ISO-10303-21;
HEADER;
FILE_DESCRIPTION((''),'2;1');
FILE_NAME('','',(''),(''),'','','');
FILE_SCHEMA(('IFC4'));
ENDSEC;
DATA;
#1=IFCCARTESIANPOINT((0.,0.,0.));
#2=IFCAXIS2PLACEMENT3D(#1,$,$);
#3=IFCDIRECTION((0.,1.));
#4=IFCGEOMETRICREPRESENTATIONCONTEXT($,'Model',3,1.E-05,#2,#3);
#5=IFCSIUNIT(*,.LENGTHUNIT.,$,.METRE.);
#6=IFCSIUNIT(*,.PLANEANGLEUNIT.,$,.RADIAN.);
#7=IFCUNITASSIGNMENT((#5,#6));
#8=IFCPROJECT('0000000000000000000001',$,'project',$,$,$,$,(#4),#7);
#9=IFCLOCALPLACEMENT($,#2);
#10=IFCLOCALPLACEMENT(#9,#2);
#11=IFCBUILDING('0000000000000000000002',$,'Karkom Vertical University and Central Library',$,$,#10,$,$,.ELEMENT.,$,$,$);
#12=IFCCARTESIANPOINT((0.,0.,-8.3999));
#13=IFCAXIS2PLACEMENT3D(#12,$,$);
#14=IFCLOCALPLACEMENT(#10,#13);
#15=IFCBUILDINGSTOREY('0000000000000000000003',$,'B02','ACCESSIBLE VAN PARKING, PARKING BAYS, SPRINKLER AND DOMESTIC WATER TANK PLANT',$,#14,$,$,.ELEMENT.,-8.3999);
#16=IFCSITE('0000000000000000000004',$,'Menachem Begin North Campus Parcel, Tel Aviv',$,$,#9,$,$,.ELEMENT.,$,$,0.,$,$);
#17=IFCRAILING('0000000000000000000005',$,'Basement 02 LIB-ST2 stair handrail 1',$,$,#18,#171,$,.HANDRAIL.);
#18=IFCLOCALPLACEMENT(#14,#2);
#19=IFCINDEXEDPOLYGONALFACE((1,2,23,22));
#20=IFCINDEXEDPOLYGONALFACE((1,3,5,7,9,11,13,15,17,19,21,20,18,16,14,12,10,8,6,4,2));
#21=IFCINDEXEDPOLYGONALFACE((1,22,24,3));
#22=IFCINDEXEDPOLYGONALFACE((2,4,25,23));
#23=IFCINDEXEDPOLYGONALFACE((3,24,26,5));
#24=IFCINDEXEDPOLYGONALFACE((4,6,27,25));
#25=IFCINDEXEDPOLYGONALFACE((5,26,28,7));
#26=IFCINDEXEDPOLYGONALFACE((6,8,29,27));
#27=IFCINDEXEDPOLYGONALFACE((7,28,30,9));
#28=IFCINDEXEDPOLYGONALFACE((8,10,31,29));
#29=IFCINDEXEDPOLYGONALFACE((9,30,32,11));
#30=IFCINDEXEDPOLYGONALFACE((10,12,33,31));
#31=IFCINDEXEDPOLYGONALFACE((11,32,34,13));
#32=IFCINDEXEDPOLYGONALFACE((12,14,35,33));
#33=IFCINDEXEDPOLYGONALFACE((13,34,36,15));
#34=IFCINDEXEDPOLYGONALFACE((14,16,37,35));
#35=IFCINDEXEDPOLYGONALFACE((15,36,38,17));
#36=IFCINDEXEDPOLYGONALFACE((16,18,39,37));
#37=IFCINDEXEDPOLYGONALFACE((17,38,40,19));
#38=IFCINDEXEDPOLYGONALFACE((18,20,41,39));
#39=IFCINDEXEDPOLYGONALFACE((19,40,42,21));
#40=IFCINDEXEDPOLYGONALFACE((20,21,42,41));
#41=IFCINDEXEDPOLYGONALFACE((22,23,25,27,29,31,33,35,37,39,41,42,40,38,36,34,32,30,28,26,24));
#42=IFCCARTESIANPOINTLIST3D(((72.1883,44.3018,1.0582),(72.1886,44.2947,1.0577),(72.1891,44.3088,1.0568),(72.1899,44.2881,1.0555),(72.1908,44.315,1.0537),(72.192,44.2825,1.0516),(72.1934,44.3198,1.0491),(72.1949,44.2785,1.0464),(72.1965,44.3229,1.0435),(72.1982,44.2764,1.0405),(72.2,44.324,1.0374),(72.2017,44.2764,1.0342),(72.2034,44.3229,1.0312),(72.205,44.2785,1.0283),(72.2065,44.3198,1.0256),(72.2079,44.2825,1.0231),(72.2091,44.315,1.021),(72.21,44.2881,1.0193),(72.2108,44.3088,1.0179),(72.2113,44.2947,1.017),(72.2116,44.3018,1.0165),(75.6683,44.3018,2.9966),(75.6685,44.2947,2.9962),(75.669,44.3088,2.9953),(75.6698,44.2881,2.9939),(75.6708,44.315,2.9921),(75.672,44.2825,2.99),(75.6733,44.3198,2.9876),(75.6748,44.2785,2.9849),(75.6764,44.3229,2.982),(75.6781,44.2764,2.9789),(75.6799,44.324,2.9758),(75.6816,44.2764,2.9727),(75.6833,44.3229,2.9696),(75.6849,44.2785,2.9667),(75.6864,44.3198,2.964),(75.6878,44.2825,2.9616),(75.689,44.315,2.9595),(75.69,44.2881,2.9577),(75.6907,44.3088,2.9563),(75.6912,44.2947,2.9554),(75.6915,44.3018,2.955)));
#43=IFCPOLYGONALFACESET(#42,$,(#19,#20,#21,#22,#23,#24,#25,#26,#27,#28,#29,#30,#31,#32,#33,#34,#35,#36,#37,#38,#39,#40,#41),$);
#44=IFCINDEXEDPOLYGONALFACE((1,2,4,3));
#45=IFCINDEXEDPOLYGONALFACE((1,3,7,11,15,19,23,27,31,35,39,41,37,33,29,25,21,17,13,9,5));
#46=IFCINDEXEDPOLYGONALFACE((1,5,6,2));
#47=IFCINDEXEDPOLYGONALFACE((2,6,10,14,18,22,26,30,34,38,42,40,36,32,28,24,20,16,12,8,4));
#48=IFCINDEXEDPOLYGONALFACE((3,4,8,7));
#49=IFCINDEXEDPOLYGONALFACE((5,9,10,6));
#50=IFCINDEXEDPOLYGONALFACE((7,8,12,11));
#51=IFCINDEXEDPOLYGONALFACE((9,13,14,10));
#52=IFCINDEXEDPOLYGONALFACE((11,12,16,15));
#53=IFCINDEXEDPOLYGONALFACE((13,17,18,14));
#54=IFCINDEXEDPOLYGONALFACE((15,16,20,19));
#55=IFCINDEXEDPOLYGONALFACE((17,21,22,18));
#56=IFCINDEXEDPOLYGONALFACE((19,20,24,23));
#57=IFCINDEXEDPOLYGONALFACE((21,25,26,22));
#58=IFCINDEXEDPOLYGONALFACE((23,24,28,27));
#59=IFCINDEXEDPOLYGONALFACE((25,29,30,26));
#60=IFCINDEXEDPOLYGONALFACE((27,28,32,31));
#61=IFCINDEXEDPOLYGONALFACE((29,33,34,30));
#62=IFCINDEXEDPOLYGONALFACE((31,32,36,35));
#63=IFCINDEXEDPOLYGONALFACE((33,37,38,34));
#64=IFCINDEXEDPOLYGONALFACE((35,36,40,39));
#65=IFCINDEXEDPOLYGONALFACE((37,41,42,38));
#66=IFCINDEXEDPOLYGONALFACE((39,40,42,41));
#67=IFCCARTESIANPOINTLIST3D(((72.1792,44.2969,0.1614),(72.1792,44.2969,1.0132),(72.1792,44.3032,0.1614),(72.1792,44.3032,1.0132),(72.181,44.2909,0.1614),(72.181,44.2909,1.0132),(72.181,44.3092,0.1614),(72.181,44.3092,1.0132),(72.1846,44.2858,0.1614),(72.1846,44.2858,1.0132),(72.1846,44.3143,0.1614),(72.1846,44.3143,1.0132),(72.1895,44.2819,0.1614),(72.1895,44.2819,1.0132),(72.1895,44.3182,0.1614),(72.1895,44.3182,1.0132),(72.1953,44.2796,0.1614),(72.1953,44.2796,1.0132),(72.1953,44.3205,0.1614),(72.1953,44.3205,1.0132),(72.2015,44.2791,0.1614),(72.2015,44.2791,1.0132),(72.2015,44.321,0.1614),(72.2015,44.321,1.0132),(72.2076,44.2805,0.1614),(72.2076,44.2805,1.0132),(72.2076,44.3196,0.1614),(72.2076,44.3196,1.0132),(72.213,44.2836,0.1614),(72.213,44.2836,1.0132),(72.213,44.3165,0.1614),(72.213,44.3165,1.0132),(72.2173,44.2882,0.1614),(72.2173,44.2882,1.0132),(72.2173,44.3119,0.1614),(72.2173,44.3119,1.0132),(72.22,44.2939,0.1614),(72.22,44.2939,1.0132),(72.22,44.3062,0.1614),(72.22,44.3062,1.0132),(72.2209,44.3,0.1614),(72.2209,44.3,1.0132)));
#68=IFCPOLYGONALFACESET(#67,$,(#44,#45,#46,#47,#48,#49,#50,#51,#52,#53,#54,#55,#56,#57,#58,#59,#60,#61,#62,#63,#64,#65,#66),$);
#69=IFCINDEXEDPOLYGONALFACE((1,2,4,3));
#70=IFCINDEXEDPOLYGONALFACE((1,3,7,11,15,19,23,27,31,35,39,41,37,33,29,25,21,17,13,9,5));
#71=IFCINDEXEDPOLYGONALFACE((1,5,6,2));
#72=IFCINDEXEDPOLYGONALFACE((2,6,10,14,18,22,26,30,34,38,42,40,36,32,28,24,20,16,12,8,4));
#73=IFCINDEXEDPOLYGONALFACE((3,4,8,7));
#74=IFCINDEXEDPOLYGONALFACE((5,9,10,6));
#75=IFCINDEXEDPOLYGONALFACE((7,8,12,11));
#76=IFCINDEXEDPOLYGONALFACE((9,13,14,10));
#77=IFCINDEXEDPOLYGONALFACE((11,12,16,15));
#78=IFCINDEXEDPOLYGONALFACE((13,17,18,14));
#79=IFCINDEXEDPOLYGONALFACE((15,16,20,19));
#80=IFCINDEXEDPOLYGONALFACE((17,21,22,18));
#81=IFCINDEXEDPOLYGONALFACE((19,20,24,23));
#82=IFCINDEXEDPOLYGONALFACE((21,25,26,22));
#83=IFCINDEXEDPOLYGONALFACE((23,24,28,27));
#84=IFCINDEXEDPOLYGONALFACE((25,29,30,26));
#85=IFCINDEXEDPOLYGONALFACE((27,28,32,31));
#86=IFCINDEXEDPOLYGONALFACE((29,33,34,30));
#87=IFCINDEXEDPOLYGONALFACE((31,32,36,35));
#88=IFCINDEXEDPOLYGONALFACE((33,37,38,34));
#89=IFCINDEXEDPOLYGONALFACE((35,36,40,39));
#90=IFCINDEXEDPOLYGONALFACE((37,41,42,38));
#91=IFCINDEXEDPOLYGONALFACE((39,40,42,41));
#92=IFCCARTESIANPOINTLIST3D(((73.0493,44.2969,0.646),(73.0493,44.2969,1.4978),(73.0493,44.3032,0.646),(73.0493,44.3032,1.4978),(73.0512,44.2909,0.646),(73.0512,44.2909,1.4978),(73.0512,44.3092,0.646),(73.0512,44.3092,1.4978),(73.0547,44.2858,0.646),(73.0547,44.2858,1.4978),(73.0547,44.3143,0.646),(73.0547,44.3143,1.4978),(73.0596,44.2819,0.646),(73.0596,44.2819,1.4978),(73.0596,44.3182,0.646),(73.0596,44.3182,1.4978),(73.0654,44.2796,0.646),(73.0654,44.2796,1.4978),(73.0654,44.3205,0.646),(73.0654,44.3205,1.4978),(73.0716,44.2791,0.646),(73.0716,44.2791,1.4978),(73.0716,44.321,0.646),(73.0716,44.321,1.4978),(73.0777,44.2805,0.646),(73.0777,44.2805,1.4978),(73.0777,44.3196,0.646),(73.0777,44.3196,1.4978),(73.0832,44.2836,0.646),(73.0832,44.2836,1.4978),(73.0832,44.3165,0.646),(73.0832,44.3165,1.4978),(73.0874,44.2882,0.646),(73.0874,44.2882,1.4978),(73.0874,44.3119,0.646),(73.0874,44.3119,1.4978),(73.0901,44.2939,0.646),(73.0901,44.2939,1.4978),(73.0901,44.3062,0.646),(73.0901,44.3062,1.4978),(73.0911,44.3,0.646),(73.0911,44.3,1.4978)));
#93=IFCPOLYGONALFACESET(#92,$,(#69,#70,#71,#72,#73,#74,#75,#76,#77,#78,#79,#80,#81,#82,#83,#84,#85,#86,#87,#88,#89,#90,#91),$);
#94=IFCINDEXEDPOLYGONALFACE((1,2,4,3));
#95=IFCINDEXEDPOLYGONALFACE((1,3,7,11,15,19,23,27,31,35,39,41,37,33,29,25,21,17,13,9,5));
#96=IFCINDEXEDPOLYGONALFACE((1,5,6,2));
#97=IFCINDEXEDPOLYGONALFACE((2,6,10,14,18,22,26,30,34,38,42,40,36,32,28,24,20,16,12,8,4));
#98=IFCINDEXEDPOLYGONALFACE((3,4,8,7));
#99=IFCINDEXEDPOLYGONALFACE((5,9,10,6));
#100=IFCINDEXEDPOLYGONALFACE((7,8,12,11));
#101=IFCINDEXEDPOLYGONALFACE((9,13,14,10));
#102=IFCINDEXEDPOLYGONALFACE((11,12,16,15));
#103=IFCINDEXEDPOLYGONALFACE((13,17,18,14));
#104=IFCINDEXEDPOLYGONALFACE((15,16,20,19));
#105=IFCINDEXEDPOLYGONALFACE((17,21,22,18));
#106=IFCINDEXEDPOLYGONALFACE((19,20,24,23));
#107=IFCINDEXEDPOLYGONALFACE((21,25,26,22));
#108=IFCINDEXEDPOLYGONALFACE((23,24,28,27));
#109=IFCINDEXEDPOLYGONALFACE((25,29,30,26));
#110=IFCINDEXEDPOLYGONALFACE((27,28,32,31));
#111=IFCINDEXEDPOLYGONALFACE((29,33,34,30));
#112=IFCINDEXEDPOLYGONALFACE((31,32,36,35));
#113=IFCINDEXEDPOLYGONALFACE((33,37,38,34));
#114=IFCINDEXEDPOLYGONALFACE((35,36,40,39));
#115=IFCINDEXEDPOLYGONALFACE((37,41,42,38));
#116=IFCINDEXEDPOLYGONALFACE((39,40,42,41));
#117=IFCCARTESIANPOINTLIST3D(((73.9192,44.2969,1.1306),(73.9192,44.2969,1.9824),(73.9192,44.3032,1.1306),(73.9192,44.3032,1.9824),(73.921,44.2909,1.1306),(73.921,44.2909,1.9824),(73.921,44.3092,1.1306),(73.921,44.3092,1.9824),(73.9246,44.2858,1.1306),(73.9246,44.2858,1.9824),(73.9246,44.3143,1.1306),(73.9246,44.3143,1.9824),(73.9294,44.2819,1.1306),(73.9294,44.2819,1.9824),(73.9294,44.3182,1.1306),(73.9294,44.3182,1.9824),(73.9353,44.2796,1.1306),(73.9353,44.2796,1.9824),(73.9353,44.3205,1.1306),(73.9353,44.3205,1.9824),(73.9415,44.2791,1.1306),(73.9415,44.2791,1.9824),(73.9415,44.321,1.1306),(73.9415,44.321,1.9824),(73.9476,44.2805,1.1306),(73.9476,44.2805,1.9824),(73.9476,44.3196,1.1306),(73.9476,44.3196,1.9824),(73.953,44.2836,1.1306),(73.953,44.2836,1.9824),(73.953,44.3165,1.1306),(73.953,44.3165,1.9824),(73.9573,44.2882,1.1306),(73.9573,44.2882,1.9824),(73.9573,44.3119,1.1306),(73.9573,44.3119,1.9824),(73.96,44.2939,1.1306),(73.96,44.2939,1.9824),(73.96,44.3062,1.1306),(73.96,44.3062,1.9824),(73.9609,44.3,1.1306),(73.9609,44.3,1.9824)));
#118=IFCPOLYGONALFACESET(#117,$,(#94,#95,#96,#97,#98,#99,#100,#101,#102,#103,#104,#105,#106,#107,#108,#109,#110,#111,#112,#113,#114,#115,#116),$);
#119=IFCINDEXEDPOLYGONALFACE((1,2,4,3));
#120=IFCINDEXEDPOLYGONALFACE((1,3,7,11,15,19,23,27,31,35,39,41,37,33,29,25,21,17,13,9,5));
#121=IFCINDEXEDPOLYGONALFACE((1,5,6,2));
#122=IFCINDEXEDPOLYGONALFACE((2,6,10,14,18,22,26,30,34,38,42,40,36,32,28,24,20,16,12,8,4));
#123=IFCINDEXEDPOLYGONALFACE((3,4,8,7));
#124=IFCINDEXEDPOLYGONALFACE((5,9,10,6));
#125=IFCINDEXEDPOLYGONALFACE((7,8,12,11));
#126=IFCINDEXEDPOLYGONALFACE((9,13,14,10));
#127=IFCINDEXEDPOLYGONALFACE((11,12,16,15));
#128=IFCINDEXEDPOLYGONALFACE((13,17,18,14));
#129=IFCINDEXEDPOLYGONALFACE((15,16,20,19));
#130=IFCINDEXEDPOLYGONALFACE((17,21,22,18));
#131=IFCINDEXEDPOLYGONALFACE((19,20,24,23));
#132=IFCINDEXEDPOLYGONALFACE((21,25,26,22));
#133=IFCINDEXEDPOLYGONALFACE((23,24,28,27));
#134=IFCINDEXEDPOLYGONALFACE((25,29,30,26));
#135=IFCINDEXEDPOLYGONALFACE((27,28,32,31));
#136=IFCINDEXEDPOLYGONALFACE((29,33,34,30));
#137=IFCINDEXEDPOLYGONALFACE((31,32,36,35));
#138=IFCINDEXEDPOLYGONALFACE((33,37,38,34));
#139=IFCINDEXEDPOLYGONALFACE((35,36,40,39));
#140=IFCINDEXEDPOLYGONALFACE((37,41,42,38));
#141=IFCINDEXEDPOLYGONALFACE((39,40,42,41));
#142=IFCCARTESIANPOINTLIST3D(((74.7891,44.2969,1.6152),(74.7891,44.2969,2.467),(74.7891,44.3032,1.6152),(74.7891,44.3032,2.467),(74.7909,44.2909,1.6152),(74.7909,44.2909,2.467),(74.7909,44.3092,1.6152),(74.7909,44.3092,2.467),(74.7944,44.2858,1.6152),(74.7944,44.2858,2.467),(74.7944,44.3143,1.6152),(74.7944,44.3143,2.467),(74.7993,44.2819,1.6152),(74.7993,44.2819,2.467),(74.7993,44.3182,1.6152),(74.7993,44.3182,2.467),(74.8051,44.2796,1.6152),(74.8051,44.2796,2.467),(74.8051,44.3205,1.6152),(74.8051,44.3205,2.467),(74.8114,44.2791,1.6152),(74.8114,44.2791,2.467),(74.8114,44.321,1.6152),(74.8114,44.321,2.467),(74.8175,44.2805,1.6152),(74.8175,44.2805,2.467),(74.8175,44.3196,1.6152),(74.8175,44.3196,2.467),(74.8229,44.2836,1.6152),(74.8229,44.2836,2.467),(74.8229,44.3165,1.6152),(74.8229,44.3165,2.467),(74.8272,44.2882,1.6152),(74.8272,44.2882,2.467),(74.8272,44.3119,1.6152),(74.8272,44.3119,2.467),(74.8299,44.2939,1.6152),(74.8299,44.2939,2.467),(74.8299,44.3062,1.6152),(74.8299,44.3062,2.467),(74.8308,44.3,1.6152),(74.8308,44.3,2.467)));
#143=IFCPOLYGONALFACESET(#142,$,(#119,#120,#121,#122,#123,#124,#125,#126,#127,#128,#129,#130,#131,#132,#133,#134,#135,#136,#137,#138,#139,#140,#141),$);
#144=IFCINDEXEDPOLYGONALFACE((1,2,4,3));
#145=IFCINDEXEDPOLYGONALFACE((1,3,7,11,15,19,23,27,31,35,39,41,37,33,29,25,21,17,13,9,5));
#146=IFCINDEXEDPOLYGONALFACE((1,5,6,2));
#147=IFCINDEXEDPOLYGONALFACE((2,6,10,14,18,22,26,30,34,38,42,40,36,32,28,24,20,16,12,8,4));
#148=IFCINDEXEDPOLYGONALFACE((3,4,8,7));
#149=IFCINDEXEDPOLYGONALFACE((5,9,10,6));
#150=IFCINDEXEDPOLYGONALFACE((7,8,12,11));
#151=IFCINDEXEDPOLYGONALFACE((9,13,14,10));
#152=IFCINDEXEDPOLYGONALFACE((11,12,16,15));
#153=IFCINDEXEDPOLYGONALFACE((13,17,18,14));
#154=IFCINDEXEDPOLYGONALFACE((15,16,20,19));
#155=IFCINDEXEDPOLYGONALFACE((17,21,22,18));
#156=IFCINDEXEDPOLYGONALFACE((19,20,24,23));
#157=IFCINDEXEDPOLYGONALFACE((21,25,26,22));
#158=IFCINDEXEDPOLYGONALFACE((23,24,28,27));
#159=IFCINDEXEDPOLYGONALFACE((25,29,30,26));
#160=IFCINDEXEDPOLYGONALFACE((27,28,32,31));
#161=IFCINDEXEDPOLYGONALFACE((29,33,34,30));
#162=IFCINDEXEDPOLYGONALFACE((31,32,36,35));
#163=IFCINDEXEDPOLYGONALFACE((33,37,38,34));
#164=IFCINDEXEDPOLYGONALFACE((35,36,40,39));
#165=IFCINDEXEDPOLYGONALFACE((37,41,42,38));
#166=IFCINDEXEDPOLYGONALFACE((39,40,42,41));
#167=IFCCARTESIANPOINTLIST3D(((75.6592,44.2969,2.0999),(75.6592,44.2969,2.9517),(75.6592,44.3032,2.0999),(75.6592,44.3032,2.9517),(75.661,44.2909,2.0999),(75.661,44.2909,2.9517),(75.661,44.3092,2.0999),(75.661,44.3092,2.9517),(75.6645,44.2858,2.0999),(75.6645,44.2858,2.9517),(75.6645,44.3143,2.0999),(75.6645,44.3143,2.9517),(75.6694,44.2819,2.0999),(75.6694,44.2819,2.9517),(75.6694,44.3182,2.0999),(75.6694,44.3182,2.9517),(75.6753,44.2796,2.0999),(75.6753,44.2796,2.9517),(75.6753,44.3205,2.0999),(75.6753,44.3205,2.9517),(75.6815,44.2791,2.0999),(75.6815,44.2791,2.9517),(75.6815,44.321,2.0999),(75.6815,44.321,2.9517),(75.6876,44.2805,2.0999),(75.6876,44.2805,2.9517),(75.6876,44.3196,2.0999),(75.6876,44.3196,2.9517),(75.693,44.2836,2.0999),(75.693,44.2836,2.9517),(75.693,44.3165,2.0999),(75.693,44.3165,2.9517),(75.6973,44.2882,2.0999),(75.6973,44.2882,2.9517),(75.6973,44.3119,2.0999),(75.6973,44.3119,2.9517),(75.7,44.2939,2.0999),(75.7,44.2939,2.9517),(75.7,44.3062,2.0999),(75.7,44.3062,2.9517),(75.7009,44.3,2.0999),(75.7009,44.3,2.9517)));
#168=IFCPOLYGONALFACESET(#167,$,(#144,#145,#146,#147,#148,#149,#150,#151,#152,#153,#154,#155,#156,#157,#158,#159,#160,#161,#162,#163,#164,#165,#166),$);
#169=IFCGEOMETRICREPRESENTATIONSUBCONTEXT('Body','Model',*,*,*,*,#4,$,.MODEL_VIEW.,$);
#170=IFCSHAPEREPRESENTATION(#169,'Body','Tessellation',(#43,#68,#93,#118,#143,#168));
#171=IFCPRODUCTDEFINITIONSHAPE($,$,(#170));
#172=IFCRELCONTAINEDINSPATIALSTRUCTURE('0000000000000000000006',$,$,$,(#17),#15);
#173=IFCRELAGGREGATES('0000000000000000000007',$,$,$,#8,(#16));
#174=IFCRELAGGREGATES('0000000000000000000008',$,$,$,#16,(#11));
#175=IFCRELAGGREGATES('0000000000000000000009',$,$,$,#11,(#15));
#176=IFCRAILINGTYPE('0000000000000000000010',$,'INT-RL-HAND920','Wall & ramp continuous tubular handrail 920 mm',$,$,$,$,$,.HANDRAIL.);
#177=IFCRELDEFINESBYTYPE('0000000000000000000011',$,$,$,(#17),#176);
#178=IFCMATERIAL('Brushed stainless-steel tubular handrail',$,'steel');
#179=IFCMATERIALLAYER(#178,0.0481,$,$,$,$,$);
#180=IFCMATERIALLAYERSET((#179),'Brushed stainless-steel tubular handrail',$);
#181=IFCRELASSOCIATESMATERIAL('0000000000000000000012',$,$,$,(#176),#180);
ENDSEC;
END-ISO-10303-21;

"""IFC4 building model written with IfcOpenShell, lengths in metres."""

from ifc_helpers import new_model, si_unit, direction, frame, origin, origin_2d, place, context, subcontext, project, spatial, circle, extrude, material, layer, layer_set, type_object, element, save


model = new_model("IFC4")

# Units and contexts
model_context = context("Model", 3, precision=1e-05, world=origin(), true_north=direction((0.0, 1.0)))
body_context = subcontext(model_context, "Body", "Model", "MODEL_VIEW")
ifc_project = project(units=[si_unit("LENGTHUNIT", "METRE"), si_unit("PLANEANGLEUNIT", "RADIAN")], contexts=[model_context])

# Site, building, storey
site_placement = place(None, origin())
site = spatial("IfcSite", under=ifc_project, at=site_placement, Name="Menachem Begin North Campus Parcel, Tel Aviv", CompositionType="ELEMENT", RefElevation=0.0)
building_placement = place(site_placement, origin())
building = spatial("IfcBuilding", under=site, at=building_placement, Name="Karkom Vertical University and Central Library", CompositionType="ELEMENT")
storey_placement = place(building_placement, frame((0.0, 0.0, -8.3999)))
storey = spatial("IfcBuildingStorey", under=building, at=storey_placement, Name="B02", Description="ACCESSIBLE VAN PARKING, PARKING BAYS, SPRINKLER AND DOMESTIC WATER TANK PLANT", CompositionType="ELEMENT", Elevation=-8.3999)

# Railing
ifc_material_1 = material(Name="Brushed stainless-steel tubular handrail", Category="steel")
ifc_layer_1 = layer(ifc_material_1, 0.0481)
ifc_layer_set_1 = layer_set([ifc_layer_1], Name="Brushed stainless-steel tubular handrail")
railing_type_1 = type_object("IfcRailingType", Name="INT-RL-HAND920", Description="Wall & ramp continuous tubular handrail 920 mm", PredefinedType="HANDRAIL", material=ifc_layer_set_1)
railing_1_placement = place(storey_placement, frame((72.2, 44.3, 0.1614)))
element("IfcRailing", 1, at=railing_1_placement, inside=storey, type_object=railing_type_1, Name="Basement 02 LIB-ST2 stair handrail 1", PredefinedType="HANDRAIL", context=body_context, shape_type="SweptSolid", body=[
    extrude(circle(Radius=0.0239, at=origin_2d()), frame((0.0, 0.0, 0.876), z_axis=(0.873607, 0.0, 0.486631), x_axis=(0.0, 1.0, 0.0)), (0.0, 0.0, 1.0), 3.9834),
    extrude(circle(Radius=0.021, at=origin_2d()), origin(), (0.0, 0.0, 1.0), 0.8518),
    extrude(circle(Radius=0.021, at=origin_2d()), frame((0.8701, 0.0, 0.4846)), (0.0, 0.0, 1.0), 0.8518),
    extrude(circle(Radius=0.021, at=origin_2d()), frame((1.74, 0.0, 0.9692)), (0.0, 0.0, 1.0), 0.8518),
    extrude(circle(Radius=0.021, at=origin_2d()), frame((2.6099, 0.0, 1.4539)), (0.0, 0.0, 1.0), 0.8518),
    extrude(circle(Radius=0.021, at=origin_2d()), frame((3.48, 0.0, 1.9385)), (0.0, 0.0, 1.0), 0.8518),
])

save(model, "model.ifc")
